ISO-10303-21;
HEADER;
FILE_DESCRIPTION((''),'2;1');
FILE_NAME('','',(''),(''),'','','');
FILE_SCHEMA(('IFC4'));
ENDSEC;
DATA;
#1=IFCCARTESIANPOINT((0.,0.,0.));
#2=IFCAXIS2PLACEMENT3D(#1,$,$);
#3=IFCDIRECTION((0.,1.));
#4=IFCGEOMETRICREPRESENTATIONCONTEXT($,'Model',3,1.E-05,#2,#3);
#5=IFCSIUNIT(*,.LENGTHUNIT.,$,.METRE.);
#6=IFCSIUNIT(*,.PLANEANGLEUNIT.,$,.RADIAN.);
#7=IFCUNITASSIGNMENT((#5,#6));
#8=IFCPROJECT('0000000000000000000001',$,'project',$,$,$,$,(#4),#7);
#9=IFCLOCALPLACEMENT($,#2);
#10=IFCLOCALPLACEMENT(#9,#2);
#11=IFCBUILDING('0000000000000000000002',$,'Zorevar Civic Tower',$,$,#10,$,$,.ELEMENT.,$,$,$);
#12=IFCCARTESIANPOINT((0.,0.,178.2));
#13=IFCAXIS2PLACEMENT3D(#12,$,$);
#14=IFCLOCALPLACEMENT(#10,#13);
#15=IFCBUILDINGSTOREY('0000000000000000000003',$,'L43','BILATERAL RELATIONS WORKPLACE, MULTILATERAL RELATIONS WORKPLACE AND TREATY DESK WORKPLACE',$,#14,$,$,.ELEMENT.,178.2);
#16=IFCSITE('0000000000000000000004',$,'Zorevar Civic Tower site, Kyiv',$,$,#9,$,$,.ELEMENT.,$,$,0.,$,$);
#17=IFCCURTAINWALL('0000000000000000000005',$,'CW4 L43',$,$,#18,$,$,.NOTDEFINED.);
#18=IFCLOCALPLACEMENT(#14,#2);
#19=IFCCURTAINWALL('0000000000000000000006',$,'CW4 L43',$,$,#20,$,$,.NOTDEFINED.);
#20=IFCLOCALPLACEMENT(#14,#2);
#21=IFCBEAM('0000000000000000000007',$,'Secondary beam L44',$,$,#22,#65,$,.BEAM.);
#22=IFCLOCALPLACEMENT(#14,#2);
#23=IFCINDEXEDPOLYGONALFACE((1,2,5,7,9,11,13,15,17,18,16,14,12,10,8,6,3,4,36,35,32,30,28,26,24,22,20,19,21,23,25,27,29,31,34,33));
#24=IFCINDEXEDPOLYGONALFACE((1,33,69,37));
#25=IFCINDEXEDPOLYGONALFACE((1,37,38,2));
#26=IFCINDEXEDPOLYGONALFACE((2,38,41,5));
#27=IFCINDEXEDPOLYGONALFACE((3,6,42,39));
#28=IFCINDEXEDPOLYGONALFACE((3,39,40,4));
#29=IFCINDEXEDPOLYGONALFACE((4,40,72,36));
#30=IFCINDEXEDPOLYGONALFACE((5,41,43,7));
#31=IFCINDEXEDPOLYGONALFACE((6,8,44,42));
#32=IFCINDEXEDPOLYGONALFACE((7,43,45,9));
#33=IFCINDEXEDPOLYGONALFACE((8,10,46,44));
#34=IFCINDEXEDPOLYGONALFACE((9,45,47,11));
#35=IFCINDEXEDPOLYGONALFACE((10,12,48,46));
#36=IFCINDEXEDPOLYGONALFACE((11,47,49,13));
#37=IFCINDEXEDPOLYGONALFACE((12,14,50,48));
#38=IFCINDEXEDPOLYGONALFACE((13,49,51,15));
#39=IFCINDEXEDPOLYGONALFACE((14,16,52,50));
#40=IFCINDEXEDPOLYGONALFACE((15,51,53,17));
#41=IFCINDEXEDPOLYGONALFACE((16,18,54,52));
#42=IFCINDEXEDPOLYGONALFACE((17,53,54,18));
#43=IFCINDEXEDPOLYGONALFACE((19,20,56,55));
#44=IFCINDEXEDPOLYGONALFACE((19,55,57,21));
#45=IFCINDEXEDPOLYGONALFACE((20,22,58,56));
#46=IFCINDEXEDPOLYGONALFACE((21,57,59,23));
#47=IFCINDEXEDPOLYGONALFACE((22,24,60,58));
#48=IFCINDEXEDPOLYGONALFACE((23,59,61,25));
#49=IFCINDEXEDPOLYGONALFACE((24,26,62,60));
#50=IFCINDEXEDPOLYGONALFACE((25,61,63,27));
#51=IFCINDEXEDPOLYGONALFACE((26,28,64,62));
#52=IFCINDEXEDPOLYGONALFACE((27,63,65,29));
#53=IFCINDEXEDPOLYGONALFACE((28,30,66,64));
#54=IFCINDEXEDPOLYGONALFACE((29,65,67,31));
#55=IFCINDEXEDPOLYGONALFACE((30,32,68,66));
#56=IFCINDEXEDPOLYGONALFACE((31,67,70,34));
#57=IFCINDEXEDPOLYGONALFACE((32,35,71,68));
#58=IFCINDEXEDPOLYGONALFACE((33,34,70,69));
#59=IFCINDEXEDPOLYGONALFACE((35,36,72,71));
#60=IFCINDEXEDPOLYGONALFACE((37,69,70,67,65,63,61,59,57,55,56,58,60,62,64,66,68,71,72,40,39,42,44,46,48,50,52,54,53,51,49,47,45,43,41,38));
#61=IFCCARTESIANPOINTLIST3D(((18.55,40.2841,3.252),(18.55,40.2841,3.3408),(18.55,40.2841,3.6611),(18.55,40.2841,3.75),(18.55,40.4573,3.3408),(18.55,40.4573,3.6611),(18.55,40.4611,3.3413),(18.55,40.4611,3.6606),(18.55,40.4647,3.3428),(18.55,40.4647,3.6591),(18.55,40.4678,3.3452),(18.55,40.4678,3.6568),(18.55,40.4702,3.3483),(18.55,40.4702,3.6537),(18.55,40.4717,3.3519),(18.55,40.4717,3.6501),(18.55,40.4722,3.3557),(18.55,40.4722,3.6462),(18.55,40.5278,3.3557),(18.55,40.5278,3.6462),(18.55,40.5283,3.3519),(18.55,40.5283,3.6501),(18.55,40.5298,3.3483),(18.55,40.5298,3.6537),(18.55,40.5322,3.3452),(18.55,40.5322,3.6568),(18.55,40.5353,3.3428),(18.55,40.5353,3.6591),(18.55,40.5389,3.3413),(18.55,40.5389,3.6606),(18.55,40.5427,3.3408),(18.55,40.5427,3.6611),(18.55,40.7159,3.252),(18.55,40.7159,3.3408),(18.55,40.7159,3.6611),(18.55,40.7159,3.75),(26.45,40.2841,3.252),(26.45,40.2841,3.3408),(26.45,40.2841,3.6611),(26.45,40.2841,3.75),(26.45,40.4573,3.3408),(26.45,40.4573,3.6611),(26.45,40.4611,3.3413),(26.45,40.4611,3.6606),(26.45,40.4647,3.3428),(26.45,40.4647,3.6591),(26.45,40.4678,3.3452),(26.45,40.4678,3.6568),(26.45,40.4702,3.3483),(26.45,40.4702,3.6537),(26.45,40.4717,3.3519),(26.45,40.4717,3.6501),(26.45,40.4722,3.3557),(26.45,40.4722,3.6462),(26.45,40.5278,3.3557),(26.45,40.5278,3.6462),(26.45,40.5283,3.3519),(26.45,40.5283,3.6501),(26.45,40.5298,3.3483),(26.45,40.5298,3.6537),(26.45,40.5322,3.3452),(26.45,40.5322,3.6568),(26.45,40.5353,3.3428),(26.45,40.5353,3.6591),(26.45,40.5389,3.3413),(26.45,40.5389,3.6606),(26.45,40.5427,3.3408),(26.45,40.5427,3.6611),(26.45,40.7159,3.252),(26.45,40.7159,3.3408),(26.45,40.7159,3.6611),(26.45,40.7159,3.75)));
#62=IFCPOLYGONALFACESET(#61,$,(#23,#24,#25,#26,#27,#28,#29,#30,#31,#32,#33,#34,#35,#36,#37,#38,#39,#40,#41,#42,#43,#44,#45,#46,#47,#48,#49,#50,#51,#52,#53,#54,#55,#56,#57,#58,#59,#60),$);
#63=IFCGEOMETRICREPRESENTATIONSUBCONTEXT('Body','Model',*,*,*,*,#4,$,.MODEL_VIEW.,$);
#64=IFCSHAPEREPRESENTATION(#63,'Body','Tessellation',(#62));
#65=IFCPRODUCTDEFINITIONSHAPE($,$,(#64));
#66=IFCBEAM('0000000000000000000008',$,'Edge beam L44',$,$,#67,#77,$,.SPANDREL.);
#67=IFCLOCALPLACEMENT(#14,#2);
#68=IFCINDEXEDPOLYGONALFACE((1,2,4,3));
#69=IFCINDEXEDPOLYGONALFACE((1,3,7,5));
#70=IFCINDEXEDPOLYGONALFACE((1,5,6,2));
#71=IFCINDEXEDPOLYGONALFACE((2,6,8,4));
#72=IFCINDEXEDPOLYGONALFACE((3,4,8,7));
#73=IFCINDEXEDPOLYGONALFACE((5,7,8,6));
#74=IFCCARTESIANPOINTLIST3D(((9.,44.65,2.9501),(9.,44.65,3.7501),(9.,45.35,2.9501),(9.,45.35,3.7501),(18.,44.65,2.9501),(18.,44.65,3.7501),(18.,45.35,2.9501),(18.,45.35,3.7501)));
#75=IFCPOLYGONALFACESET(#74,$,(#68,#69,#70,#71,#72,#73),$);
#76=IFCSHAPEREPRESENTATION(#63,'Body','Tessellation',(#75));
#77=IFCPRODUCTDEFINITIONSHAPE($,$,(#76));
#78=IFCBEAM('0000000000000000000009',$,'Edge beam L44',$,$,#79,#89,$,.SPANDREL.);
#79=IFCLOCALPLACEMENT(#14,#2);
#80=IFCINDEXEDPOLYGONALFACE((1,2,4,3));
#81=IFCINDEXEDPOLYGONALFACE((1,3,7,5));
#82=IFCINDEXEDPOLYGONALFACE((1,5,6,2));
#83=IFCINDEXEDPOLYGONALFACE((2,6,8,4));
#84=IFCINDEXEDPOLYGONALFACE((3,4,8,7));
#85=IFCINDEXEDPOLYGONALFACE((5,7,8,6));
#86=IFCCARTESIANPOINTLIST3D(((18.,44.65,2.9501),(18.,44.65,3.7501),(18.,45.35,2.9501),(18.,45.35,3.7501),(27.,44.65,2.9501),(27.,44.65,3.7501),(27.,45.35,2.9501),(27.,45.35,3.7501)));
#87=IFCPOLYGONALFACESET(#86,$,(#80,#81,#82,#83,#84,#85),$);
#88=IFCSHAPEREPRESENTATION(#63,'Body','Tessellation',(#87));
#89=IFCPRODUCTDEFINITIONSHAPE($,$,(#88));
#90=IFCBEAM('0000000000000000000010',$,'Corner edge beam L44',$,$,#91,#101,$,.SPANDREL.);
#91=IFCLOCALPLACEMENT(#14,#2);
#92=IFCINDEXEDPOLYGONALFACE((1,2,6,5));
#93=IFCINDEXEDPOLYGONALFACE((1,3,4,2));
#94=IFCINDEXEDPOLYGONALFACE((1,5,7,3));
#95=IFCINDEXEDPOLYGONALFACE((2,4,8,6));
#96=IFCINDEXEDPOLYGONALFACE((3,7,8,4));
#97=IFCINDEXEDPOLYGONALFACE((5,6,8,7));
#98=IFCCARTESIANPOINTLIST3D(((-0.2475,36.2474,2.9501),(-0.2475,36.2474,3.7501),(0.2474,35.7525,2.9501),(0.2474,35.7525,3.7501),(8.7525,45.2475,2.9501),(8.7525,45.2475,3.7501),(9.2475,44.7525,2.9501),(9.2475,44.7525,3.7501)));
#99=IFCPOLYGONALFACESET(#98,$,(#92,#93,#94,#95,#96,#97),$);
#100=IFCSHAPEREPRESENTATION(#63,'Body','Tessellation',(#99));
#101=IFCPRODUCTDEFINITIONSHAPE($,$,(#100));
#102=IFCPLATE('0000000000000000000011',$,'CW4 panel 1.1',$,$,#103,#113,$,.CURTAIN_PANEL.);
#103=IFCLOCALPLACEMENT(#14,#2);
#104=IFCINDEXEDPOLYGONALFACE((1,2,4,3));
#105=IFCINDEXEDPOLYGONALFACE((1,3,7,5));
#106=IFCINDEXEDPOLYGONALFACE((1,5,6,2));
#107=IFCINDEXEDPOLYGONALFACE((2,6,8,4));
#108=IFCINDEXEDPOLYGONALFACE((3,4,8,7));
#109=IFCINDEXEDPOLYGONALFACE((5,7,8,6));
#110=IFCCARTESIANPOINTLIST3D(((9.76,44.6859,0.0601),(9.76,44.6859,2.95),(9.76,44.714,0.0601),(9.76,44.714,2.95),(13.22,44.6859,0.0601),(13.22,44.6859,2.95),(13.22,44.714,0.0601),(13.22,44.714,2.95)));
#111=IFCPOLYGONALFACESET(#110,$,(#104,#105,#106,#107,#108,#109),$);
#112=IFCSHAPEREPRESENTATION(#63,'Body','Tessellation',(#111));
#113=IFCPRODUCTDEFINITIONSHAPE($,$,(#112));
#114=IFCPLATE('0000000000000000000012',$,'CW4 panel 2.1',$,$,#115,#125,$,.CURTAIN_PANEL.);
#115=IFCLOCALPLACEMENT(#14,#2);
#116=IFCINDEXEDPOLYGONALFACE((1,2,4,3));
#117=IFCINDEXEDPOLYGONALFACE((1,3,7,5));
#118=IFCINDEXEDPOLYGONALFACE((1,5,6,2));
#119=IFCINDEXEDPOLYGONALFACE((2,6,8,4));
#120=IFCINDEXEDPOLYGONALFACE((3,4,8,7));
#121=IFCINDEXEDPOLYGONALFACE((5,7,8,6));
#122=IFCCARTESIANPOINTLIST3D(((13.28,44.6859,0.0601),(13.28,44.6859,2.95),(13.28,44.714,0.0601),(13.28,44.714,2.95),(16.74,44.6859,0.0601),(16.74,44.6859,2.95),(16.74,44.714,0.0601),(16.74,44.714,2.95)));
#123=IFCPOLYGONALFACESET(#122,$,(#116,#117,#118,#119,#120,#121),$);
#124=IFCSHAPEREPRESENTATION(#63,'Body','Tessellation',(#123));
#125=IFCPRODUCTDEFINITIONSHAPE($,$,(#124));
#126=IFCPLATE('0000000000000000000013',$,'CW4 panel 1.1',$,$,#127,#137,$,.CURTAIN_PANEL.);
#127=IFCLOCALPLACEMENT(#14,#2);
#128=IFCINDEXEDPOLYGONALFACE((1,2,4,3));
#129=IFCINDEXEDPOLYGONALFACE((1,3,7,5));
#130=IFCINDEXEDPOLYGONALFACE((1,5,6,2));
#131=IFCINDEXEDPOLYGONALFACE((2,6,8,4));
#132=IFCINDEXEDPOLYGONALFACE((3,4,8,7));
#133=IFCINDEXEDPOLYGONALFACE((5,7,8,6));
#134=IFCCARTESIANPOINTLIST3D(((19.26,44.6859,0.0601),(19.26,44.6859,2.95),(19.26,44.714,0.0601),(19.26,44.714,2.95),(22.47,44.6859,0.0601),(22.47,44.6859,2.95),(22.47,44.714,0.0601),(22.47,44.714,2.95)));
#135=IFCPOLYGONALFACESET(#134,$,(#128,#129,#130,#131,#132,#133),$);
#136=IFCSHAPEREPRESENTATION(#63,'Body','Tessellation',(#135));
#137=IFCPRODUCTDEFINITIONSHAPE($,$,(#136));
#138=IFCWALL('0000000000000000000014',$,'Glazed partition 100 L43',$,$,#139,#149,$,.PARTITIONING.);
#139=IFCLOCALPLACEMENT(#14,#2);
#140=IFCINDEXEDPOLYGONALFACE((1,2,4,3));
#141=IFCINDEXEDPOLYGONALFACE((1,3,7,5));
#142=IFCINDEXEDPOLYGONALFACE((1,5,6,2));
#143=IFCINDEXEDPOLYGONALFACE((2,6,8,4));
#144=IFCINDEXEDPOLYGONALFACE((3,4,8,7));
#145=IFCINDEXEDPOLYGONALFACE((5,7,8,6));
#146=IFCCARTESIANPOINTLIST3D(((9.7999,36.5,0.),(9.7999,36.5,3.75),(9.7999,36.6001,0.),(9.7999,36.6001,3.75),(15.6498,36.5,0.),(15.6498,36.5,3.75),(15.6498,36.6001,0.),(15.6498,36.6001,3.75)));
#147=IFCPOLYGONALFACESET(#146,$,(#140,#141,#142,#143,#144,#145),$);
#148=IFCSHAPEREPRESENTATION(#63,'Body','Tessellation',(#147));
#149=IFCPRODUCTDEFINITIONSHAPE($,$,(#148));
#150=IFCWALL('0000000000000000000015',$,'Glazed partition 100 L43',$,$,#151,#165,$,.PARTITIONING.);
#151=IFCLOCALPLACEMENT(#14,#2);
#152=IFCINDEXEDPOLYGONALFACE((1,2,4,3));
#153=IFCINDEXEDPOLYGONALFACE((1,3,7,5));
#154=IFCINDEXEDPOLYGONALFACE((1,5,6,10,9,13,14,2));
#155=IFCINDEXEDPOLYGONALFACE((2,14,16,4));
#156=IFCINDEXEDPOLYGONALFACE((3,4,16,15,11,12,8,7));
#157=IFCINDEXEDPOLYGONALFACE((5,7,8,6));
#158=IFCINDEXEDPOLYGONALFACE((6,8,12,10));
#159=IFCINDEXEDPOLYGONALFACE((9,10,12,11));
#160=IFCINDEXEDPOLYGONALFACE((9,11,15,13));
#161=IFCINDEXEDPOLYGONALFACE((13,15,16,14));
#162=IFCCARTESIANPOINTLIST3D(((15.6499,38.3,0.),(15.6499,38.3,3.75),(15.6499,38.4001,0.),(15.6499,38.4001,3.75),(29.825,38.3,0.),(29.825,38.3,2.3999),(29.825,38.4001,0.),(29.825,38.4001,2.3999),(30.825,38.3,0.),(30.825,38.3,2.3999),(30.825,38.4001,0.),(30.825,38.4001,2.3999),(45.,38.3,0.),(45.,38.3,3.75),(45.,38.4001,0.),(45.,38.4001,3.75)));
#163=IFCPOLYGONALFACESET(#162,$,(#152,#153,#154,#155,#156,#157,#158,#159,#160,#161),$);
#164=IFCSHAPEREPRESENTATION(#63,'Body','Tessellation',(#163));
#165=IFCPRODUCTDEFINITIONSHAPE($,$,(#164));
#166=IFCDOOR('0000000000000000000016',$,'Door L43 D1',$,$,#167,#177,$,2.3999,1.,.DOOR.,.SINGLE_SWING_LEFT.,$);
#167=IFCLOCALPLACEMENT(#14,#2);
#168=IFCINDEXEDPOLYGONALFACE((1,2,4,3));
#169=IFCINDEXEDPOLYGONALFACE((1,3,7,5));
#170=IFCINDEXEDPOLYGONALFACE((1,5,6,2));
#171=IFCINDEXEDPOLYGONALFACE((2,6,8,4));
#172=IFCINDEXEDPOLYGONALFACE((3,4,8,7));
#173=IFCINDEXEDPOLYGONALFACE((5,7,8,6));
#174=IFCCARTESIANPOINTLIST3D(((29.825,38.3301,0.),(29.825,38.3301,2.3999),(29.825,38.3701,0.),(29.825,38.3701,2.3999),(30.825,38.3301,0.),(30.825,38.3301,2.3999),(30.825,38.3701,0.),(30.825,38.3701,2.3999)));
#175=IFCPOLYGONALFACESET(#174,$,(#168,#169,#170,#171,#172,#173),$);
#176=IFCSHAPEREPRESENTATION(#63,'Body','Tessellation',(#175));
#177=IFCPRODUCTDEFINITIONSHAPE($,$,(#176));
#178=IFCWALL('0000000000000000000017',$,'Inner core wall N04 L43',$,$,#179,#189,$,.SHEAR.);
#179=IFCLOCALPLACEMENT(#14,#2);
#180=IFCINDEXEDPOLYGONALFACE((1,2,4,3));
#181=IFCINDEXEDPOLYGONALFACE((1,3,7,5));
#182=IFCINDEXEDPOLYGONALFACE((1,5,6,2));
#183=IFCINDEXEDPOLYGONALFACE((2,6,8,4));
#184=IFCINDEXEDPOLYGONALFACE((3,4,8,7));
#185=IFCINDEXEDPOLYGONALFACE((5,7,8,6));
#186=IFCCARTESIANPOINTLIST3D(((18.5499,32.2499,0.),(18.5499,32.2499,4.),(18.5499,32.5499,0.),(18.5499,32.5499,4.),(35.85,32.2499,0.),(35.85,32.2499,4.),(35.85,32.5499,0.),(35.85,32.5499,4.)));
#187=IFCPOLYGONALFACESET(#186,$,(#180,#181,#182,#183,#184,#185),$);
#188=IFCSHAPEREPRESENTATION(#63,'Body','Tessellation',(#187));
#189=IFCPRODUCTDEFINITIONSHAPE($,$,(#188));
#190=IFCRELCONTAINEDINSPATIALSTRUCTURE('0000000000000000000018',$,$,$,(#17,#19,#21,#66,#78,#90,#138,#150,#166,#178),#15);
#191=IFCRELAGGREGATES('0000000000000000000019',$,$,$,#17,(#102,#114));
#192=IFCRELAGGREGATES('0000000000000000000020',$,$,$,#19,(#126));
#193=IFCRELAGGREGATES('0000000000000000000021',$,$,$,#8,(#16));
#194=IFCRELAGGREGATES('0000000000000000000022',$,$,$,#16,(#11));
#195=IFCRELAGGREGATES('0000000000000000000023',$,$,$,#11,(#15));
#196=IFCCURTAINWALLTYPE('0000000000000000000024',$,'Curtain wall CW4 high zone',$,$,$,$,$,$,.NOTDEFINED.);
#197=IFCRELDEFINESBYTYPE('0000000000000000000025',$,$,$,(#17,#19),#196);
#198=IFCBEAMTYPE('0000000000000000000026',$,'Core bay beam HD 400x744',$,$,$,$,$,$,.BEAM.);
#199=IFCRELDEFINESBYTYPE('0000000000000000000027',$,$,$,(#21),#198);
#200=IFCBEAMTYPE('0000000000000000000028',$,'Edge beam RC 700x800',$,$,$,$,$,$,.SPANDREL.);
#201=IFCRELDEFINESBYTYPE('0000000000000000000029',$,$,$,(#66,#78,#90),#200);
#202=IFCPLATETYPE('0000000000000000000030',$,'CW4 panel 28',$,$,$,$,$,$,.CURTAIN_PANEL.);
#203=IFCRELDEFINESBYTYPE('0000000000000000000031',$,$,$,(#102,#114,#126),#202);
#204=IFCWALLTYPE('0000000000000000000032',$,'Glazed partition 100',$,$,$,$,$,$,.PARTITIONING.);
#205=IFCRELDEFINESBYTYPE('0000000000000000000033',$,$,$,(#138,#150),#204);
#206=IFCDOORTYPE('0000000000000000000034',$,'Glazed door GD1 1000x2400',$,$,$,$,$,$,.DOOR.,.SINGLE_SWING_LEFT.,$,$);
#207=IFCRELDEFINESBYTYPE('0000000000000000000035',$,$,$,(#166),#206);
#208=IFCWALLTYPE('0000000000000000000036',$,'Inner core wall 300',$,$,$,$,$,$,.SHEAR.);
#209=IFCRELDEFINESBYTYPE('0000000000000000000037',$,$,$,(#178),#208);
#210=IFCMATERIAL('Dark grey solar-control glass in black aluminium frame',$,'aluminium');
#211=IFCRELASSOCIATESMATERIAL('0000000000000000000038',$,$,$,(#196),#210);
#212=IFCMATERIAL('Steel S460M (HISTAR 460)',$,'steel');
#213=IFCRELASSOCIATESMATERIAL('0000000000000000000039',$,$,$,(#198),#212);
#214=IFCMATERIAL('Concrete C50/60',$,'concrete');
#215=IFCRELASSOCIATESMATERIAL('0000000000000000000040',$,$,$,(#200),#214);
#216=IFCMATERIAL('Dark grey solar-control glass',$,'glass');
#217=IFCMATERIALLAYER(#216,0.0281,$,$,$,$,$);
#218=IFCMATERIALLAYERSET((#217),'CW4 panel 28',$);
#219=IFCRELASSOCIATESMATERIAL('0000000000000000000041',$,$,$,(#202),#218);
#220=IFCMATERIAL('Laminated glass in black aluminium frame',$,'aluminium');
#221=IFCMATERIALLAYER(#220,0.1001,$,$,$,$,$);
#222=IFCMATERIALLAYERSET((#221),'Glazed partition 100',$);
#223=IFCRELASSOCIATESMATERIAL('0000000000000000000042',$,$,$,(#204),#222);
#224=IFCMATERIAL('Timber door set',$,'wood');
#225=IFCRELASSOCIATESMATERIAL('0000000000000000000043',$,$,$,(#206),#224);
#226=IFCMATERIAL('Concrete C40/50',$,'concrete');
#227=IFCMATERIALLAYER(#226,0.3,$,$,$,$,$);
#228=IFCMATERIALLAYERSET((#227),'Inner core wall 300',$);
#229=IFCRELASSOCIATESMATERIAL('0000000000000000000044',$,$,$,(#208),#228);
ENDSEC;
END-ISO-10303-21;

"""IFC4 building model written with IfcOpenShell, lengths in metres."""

from ifc_helpers import new_model, si_unit, direction, frame, frame_2d, origin, origin_2d, place, context, subcontext, project, spatial, rectangle, i_section, extrude, material, layer, layer_set, material_profile, profile_set, type_object, element, fill, aggregate, save


model = new_model("IFC4")

# Units and contexts
model_context = context("Model", 3, precision=1e-05, world=origin(), true_north=direction((0.0, 1.0)))
body_context = subcontext(model_context, "Body", "Model", "MODEL_VIEW")
ifc_project = project(units=[si_unit("LENGTHUNIT", "METRE"), si_unit("PLANEANGLEUNIT", "RADIAN")], contexts=[model_context])

# Site, building, storey
site_placement = place(None, origin())
site = spatial("IfcSite", under=ifc_project, at=site_placement, Name="Zorevar Civic Tower site, Kyiv", CompositionType="ELEMENT", RefElevation=0.0)
building_placement = place(site_placement, origin())
building = spatial("IfcBuilding", under=site, at=building_placement, Name="Zorevar Civic Tower", CompositionType="ELEMENT")
storey_placement = place(building_placement, frame((0.0, 0.0, 178.2)))
storey = spatial("IfcBuildingStorey", under=building, at=storey_placement, Name="L43", Description="BILATERAL RELATIONS WORKPLACE, MULTILATERAL RELATIONS WORKPLACE AND TREATY DESK WORKPLACE", CompositionType="ELEMENT", Elevation=178.2)

# Curtain wall
ifc_material_1 = material(Name="Dark grey solar-control glass in black aluminium frame", Category="aluminium")
curtain_wall_type = type_object("IfcCurtainWallType", Name="Curtain wall CW4 high zone", PredefinedType="NOTDEFINED", material=ifc_material_1)
curtain_wall_1_placement = place(storey_placement, origin())
curtain_wall_1 = element("IfcCurtainWall", 1, at=curtain_wall_1_placement, inside=storey, type_object=curtain_wall_type, Name="CW4 L43", PredefinedType="NOTDEFINED")

# Curtain wall
curtain_wall_2_placement = place(storey_placement, origin())
curtain_wall_2 = element("IfcCurtainWall", 2, at=curtain_wall_2_placement, inside=storey, type_object=curtain_wall_type, Name="CW4 L43", PredefinedType="NOTDEFINED")

# Beams
ifc_material_2 = material(Name="Steel S460M (HISTAR 460)", Category="steel")
ifc_material_profile_1 = material_profile(ifc_material_2, i_section(OverallWidth=0.4319, OverallDepth=0.498, WebThickness=0.0557, FlangeThickness=0.0889, FilletRadius=0.0149, at=origin_2d()), Name="HD 400x744")
ifc_profile_set_1 = profile_set([ifc_material_profile_1], Name="Steel S460M (HISTAR 460)")
beam_type_1 = type_object("IfcBeamType", Name="Core bay beam HD 400x744", PredefinedType="BEAM", material=ifc_profile_set_1)
beam_1_placement = place(storey_placement, frame((18.55, 40.5, 3.501), z_axis=(1.0, 0.0, 0.0), x_axis=(0.0, 1.0, 0.0)))
element("IfcBeam", 3, at=beam_1_placement, inside=storey, type_object=beam_type_1, Name="Secondary beam L44", PredefinedType="BEAM", context=body_context, shape_type="SweptSolid", body=[
    extrude(i_section(OverallWidth=0.4319, OverallDepth=0.498, WebThickness=0.0557, FlangeThickness=0.0889, FilletRadius=0.0149, at=origin_2d()), origin(), (0.0, 0.0, 1.0), 7.8999),
])
ifc_material_3 = material(Name="Concrete C50/60", Category="concrete")
ifc_material_profile_2 = material_profile(ifc_material_3, rectangle(XDim=0.7, YDim=0.8, at=origin_2d()), Name="RC 700x800")
ifc_profile_set_2 = profile_set([ifc_material_profile_2], Name="Concrete C50/60")
beam_type_2 = type_object("IfcBeamType", Name="Edge beam RC 700x800", PredefinedType="SPANDREL", material=ifc_profile_set_2)
for number, where, z_axis, x_axis, name in (
    (4, (9.0, 45.0, 3.3501), (1.0, 0.0, 0.0), (0.0, 1.0, 0.0), "Edge beam L44"),
    (5, (18.0, 45.0, 3.3501), (1.0, 0.0, 0.0), (0.0, 1.0, 0.0), "Edge beam L44"),
):
    element("IfcBeam", number, at=place(storey_placement, frame(where, z_axis=z_axis, x_axis=x_axis)), inside=storey, type_object=beam_type_2, Name=name, PredefinedType="SPANDREL", context=body_context, shape_type="SweptSolid", body=[
        extrude(rectangle(XDim=0.7, YDim=0.8, at=origin_2d()), origin(), (0.0, 0.0, 1.0), 9.0),
    ])
beam_2_placement = place(storey_placement, frame((9.0, 45.0, 3.3501), z_axis=(-0.707107, -0.707107, 0.0), x_axis=(0.707107, -0.707107, 0.0)))
element("IfcBeam", 6, at=beam_2_placement, inside=storey, type_object=beam_type_2, Name="Corner edge beam L44", PredefinedType="SPANDREL", context=body_context, shape_type="SweptSolid", body=[
    extrude(rectangle(XDim=0.7, YDim=0.8, at=origin_2d()), origin(), (0.0, 0.0, 1.0), 12.728),
])

# Plates
ifc_material_4 = material(Name="Dark grey solar-control glass", Category="glass")
ifc_layer_1 = layer(ifc_material_4, 0.0281)
ifc_layer_set_1 = layer_set([ifc_layer_1], Name="CW4 panel 28")
plate_type = type_object("IfcPlateType", Name="CW4 panel 28", PredefinedType="CURTAIN_PANEL", material=ifc_layer_set_1)
plate_1_placement = place(storey_placement, frame((11.49, 44.7, 0.0601), z_axis=(0.0, 0.0, 1.0), x_axis=(1.0, 0.0, 0.0)))
plate_1 = element("IfcPlate", 7, at=plate_1_placement, type_object=plate_type, Name="CW4 panel 1.1", PredefinedType="CURTAIN_PANEL", context=body_context, shape_type="SweptSolid", body=[
    extrude(rectangle(XDim=3.46, YDim=0.0281, at=origin_2d()), origin(), (0.0, 0.0, 1.0), 2.8899),
])
plate_2_placement = place(storey_placement, frame((15.01, 44.7, 0.0601), z_axis=(0.0, 0.0, 1.0), x_axis=(1.0, 0.0, 0.0)))
plate_2 = element("IfcPlate", 8, at=plate_2_placement, type_object=plate_type, Name="CW4 panel 2.1", PredefinedType="CURTAIN_PANEL", context=body_context, shape_type="SweptSolid", body=[
    extrude(rectangle(XDim=3.46, YDim=0.0281, at=origin_2d()), origin(), (0.0, 0.0, 1.0), 2.8899),
])
aggregate(curtain_wall_1, [plate_1, plate_2])
plate_3_placement = place(storey_placement, frame((20.865, 44.7, 0.0601), z_axis=(0.0, 0.0, 1.0), x_axis=(1.0, 0.0, 0.0)))
plate_3 = element("IfcPlate", 9, at=plate_3_placement, type_object=plate_type, Name="CW4 panel 1.1", PredefinedType="CURTAIN_PANEL", context=body_context, shape_type="SweptSolid", body=[
    extrude(rectangle(XDim=3.21, YDim=0.0281, at=origin_2d()), origin(), (0.0, 0.0, 1.0), 2.8899),
])
aggregate(curtain_wall_2, [plate_3])

# Wall
ifc_material_5 = material(Name="Laminated glass in black aluminium frame", Category="aluminium")
ifc_layer_2 = layer(ifc_material_5, 0.1001)
ifc_layer_set_2 = layer_set([ifc_layer_2], Name="Glazed partition 100")
wall_type_1 = type_object("IfcWallType", Name="Glazed partition 100", PredefinedType="PARTITIONING", material=ifc_layer_set_2)
wall_1_placement = place(storey_placement, frame((9.8, 36.55, 0.0), z_axis=(0.0, 0.0, 1.0), x_axis=(1.0, 0.0, 0.0)))
element("IfcWall", 10, at=wall_1_placement, inside=storey, type_object=wall_type_1, Name="Glazed partition 100 L43", PredefinedType="PARTITIONING", context=body_context, shape_type="SweptSolid", body=[
    extrude(rectangle(XDim=5.8499, YDim=0.1001, at=frame_2d((2.9248, 0.0))), origin(), (0.0, 0.0, 1.0), 3.75),
])

# Wall, opening, door
wall_2_placement = place(storey_placement, frame((15.6499, 38.3501, 0.0), z_axis=(0.0, 0.0, 1.0), x_axis=(1.0, 0.0, 0.0)))
wall_2 = element("IfcWall", 11, at=wall_2_placement, inside=storey, type_object=wall_type_1, Name="Glazed partition 100 L43", PredefinedType="PARTITIONING", context=body_context, shape_type="SweptSolid", body=[
    extrude(rectangle(XDim=29.3501, YDim=0.1001, at=frame_2d((14.675, 0.0))), origin(), (0.0, 0.0, 1.0), 3.75),
])
opening_1_placement = place(wall_2_placement, frame((14.175, 0.0, 0.0)))
opening_1 = element("IfcOpeningElement", 12, at=opening_1_placement, cuts=wall_2, PredefinedType="OPENING", context=body_context, shape_type="SweptSolid", body=[
    extrude(rectangle(XDim=1.0, YDim=2.3999, at=frame_2d((0.5, 1.2))), frame((0.0, 0.0601, 0.0), z_axis=(0.0, -1.0, 0.0), x_axis=(1.0, 0.0, 0.0)), (0.0, 0.0, 1.0), 0.1201),
])
ifc_material_6 = material(Name="Timber door set", Category="wood")
door_type_1 = type_object("IfcDoorType", Name="Glazed door GD1 1000x2400", OperationType="SINGLE_SWING_LEFT", PredefinedType="DOOR", material=ifc_material_6)
door_1_placement = place(opening_1_placement, origin())
door_1 = element("IfcDoor", 13, at=door_1_placement, inside=storey, type_object=door_type_1, Name="Door L43 D1", OperationType="SINGLE_SWING_LEFT", OverallHeight=2.3999, OverallWidth=1.0, PredefinedType="DOOR", context=body_context, shape_type="SweptSolid", body=[
    extrude(rectangle(XDim=1.0, YDim=2.3999, at=frame_2d((0.5, 1.2))), frame((0.0, 0.02, 0.0), z_axis=(0.0, -1.0, 0.0), x_axis=(1.0, 0.0, 0.0)), (0.0, 0.0, 1.0), 0.04),
])
fill(opening_1, door_1)

# Wall
ifc_material_7 = material(Name="Concrete C40/50", Category="concrete")
ifc_layer_3 = layer(ifc_material_7, 0.3)
ifc_layer_set_3 = layer_set([ifc_layer_3], Name="Inner core wall 300")
wall_type_2 = type_object("IfcWallType", Name="Inner core wall 300", PredefinedType="SHEAR", material=ifc_layer_set_3)
wall_3_placement = place(storey_placement, frame((18.55, 32.3999, 0.0), z_axis=(0.0, 0.0, 1.0), x_axis=(1.0, 0.0, 0.0)))
element("IfcWall", 14, at=wall_3_placement, inside=storey, type_object=wall_type_2, Name="Inner core wall N04 L43", PredefinedType="SHEAR", context=body_context, shape_type="SweptSolid", body=[
    extrude(rectangle(XDim=17.3, YDim=0.3, at=frame_2d((8.6499, 0.0))), origin(), (0.0, 0.0, 1.0), 4.0),
])

save(model, "model.ifc")
